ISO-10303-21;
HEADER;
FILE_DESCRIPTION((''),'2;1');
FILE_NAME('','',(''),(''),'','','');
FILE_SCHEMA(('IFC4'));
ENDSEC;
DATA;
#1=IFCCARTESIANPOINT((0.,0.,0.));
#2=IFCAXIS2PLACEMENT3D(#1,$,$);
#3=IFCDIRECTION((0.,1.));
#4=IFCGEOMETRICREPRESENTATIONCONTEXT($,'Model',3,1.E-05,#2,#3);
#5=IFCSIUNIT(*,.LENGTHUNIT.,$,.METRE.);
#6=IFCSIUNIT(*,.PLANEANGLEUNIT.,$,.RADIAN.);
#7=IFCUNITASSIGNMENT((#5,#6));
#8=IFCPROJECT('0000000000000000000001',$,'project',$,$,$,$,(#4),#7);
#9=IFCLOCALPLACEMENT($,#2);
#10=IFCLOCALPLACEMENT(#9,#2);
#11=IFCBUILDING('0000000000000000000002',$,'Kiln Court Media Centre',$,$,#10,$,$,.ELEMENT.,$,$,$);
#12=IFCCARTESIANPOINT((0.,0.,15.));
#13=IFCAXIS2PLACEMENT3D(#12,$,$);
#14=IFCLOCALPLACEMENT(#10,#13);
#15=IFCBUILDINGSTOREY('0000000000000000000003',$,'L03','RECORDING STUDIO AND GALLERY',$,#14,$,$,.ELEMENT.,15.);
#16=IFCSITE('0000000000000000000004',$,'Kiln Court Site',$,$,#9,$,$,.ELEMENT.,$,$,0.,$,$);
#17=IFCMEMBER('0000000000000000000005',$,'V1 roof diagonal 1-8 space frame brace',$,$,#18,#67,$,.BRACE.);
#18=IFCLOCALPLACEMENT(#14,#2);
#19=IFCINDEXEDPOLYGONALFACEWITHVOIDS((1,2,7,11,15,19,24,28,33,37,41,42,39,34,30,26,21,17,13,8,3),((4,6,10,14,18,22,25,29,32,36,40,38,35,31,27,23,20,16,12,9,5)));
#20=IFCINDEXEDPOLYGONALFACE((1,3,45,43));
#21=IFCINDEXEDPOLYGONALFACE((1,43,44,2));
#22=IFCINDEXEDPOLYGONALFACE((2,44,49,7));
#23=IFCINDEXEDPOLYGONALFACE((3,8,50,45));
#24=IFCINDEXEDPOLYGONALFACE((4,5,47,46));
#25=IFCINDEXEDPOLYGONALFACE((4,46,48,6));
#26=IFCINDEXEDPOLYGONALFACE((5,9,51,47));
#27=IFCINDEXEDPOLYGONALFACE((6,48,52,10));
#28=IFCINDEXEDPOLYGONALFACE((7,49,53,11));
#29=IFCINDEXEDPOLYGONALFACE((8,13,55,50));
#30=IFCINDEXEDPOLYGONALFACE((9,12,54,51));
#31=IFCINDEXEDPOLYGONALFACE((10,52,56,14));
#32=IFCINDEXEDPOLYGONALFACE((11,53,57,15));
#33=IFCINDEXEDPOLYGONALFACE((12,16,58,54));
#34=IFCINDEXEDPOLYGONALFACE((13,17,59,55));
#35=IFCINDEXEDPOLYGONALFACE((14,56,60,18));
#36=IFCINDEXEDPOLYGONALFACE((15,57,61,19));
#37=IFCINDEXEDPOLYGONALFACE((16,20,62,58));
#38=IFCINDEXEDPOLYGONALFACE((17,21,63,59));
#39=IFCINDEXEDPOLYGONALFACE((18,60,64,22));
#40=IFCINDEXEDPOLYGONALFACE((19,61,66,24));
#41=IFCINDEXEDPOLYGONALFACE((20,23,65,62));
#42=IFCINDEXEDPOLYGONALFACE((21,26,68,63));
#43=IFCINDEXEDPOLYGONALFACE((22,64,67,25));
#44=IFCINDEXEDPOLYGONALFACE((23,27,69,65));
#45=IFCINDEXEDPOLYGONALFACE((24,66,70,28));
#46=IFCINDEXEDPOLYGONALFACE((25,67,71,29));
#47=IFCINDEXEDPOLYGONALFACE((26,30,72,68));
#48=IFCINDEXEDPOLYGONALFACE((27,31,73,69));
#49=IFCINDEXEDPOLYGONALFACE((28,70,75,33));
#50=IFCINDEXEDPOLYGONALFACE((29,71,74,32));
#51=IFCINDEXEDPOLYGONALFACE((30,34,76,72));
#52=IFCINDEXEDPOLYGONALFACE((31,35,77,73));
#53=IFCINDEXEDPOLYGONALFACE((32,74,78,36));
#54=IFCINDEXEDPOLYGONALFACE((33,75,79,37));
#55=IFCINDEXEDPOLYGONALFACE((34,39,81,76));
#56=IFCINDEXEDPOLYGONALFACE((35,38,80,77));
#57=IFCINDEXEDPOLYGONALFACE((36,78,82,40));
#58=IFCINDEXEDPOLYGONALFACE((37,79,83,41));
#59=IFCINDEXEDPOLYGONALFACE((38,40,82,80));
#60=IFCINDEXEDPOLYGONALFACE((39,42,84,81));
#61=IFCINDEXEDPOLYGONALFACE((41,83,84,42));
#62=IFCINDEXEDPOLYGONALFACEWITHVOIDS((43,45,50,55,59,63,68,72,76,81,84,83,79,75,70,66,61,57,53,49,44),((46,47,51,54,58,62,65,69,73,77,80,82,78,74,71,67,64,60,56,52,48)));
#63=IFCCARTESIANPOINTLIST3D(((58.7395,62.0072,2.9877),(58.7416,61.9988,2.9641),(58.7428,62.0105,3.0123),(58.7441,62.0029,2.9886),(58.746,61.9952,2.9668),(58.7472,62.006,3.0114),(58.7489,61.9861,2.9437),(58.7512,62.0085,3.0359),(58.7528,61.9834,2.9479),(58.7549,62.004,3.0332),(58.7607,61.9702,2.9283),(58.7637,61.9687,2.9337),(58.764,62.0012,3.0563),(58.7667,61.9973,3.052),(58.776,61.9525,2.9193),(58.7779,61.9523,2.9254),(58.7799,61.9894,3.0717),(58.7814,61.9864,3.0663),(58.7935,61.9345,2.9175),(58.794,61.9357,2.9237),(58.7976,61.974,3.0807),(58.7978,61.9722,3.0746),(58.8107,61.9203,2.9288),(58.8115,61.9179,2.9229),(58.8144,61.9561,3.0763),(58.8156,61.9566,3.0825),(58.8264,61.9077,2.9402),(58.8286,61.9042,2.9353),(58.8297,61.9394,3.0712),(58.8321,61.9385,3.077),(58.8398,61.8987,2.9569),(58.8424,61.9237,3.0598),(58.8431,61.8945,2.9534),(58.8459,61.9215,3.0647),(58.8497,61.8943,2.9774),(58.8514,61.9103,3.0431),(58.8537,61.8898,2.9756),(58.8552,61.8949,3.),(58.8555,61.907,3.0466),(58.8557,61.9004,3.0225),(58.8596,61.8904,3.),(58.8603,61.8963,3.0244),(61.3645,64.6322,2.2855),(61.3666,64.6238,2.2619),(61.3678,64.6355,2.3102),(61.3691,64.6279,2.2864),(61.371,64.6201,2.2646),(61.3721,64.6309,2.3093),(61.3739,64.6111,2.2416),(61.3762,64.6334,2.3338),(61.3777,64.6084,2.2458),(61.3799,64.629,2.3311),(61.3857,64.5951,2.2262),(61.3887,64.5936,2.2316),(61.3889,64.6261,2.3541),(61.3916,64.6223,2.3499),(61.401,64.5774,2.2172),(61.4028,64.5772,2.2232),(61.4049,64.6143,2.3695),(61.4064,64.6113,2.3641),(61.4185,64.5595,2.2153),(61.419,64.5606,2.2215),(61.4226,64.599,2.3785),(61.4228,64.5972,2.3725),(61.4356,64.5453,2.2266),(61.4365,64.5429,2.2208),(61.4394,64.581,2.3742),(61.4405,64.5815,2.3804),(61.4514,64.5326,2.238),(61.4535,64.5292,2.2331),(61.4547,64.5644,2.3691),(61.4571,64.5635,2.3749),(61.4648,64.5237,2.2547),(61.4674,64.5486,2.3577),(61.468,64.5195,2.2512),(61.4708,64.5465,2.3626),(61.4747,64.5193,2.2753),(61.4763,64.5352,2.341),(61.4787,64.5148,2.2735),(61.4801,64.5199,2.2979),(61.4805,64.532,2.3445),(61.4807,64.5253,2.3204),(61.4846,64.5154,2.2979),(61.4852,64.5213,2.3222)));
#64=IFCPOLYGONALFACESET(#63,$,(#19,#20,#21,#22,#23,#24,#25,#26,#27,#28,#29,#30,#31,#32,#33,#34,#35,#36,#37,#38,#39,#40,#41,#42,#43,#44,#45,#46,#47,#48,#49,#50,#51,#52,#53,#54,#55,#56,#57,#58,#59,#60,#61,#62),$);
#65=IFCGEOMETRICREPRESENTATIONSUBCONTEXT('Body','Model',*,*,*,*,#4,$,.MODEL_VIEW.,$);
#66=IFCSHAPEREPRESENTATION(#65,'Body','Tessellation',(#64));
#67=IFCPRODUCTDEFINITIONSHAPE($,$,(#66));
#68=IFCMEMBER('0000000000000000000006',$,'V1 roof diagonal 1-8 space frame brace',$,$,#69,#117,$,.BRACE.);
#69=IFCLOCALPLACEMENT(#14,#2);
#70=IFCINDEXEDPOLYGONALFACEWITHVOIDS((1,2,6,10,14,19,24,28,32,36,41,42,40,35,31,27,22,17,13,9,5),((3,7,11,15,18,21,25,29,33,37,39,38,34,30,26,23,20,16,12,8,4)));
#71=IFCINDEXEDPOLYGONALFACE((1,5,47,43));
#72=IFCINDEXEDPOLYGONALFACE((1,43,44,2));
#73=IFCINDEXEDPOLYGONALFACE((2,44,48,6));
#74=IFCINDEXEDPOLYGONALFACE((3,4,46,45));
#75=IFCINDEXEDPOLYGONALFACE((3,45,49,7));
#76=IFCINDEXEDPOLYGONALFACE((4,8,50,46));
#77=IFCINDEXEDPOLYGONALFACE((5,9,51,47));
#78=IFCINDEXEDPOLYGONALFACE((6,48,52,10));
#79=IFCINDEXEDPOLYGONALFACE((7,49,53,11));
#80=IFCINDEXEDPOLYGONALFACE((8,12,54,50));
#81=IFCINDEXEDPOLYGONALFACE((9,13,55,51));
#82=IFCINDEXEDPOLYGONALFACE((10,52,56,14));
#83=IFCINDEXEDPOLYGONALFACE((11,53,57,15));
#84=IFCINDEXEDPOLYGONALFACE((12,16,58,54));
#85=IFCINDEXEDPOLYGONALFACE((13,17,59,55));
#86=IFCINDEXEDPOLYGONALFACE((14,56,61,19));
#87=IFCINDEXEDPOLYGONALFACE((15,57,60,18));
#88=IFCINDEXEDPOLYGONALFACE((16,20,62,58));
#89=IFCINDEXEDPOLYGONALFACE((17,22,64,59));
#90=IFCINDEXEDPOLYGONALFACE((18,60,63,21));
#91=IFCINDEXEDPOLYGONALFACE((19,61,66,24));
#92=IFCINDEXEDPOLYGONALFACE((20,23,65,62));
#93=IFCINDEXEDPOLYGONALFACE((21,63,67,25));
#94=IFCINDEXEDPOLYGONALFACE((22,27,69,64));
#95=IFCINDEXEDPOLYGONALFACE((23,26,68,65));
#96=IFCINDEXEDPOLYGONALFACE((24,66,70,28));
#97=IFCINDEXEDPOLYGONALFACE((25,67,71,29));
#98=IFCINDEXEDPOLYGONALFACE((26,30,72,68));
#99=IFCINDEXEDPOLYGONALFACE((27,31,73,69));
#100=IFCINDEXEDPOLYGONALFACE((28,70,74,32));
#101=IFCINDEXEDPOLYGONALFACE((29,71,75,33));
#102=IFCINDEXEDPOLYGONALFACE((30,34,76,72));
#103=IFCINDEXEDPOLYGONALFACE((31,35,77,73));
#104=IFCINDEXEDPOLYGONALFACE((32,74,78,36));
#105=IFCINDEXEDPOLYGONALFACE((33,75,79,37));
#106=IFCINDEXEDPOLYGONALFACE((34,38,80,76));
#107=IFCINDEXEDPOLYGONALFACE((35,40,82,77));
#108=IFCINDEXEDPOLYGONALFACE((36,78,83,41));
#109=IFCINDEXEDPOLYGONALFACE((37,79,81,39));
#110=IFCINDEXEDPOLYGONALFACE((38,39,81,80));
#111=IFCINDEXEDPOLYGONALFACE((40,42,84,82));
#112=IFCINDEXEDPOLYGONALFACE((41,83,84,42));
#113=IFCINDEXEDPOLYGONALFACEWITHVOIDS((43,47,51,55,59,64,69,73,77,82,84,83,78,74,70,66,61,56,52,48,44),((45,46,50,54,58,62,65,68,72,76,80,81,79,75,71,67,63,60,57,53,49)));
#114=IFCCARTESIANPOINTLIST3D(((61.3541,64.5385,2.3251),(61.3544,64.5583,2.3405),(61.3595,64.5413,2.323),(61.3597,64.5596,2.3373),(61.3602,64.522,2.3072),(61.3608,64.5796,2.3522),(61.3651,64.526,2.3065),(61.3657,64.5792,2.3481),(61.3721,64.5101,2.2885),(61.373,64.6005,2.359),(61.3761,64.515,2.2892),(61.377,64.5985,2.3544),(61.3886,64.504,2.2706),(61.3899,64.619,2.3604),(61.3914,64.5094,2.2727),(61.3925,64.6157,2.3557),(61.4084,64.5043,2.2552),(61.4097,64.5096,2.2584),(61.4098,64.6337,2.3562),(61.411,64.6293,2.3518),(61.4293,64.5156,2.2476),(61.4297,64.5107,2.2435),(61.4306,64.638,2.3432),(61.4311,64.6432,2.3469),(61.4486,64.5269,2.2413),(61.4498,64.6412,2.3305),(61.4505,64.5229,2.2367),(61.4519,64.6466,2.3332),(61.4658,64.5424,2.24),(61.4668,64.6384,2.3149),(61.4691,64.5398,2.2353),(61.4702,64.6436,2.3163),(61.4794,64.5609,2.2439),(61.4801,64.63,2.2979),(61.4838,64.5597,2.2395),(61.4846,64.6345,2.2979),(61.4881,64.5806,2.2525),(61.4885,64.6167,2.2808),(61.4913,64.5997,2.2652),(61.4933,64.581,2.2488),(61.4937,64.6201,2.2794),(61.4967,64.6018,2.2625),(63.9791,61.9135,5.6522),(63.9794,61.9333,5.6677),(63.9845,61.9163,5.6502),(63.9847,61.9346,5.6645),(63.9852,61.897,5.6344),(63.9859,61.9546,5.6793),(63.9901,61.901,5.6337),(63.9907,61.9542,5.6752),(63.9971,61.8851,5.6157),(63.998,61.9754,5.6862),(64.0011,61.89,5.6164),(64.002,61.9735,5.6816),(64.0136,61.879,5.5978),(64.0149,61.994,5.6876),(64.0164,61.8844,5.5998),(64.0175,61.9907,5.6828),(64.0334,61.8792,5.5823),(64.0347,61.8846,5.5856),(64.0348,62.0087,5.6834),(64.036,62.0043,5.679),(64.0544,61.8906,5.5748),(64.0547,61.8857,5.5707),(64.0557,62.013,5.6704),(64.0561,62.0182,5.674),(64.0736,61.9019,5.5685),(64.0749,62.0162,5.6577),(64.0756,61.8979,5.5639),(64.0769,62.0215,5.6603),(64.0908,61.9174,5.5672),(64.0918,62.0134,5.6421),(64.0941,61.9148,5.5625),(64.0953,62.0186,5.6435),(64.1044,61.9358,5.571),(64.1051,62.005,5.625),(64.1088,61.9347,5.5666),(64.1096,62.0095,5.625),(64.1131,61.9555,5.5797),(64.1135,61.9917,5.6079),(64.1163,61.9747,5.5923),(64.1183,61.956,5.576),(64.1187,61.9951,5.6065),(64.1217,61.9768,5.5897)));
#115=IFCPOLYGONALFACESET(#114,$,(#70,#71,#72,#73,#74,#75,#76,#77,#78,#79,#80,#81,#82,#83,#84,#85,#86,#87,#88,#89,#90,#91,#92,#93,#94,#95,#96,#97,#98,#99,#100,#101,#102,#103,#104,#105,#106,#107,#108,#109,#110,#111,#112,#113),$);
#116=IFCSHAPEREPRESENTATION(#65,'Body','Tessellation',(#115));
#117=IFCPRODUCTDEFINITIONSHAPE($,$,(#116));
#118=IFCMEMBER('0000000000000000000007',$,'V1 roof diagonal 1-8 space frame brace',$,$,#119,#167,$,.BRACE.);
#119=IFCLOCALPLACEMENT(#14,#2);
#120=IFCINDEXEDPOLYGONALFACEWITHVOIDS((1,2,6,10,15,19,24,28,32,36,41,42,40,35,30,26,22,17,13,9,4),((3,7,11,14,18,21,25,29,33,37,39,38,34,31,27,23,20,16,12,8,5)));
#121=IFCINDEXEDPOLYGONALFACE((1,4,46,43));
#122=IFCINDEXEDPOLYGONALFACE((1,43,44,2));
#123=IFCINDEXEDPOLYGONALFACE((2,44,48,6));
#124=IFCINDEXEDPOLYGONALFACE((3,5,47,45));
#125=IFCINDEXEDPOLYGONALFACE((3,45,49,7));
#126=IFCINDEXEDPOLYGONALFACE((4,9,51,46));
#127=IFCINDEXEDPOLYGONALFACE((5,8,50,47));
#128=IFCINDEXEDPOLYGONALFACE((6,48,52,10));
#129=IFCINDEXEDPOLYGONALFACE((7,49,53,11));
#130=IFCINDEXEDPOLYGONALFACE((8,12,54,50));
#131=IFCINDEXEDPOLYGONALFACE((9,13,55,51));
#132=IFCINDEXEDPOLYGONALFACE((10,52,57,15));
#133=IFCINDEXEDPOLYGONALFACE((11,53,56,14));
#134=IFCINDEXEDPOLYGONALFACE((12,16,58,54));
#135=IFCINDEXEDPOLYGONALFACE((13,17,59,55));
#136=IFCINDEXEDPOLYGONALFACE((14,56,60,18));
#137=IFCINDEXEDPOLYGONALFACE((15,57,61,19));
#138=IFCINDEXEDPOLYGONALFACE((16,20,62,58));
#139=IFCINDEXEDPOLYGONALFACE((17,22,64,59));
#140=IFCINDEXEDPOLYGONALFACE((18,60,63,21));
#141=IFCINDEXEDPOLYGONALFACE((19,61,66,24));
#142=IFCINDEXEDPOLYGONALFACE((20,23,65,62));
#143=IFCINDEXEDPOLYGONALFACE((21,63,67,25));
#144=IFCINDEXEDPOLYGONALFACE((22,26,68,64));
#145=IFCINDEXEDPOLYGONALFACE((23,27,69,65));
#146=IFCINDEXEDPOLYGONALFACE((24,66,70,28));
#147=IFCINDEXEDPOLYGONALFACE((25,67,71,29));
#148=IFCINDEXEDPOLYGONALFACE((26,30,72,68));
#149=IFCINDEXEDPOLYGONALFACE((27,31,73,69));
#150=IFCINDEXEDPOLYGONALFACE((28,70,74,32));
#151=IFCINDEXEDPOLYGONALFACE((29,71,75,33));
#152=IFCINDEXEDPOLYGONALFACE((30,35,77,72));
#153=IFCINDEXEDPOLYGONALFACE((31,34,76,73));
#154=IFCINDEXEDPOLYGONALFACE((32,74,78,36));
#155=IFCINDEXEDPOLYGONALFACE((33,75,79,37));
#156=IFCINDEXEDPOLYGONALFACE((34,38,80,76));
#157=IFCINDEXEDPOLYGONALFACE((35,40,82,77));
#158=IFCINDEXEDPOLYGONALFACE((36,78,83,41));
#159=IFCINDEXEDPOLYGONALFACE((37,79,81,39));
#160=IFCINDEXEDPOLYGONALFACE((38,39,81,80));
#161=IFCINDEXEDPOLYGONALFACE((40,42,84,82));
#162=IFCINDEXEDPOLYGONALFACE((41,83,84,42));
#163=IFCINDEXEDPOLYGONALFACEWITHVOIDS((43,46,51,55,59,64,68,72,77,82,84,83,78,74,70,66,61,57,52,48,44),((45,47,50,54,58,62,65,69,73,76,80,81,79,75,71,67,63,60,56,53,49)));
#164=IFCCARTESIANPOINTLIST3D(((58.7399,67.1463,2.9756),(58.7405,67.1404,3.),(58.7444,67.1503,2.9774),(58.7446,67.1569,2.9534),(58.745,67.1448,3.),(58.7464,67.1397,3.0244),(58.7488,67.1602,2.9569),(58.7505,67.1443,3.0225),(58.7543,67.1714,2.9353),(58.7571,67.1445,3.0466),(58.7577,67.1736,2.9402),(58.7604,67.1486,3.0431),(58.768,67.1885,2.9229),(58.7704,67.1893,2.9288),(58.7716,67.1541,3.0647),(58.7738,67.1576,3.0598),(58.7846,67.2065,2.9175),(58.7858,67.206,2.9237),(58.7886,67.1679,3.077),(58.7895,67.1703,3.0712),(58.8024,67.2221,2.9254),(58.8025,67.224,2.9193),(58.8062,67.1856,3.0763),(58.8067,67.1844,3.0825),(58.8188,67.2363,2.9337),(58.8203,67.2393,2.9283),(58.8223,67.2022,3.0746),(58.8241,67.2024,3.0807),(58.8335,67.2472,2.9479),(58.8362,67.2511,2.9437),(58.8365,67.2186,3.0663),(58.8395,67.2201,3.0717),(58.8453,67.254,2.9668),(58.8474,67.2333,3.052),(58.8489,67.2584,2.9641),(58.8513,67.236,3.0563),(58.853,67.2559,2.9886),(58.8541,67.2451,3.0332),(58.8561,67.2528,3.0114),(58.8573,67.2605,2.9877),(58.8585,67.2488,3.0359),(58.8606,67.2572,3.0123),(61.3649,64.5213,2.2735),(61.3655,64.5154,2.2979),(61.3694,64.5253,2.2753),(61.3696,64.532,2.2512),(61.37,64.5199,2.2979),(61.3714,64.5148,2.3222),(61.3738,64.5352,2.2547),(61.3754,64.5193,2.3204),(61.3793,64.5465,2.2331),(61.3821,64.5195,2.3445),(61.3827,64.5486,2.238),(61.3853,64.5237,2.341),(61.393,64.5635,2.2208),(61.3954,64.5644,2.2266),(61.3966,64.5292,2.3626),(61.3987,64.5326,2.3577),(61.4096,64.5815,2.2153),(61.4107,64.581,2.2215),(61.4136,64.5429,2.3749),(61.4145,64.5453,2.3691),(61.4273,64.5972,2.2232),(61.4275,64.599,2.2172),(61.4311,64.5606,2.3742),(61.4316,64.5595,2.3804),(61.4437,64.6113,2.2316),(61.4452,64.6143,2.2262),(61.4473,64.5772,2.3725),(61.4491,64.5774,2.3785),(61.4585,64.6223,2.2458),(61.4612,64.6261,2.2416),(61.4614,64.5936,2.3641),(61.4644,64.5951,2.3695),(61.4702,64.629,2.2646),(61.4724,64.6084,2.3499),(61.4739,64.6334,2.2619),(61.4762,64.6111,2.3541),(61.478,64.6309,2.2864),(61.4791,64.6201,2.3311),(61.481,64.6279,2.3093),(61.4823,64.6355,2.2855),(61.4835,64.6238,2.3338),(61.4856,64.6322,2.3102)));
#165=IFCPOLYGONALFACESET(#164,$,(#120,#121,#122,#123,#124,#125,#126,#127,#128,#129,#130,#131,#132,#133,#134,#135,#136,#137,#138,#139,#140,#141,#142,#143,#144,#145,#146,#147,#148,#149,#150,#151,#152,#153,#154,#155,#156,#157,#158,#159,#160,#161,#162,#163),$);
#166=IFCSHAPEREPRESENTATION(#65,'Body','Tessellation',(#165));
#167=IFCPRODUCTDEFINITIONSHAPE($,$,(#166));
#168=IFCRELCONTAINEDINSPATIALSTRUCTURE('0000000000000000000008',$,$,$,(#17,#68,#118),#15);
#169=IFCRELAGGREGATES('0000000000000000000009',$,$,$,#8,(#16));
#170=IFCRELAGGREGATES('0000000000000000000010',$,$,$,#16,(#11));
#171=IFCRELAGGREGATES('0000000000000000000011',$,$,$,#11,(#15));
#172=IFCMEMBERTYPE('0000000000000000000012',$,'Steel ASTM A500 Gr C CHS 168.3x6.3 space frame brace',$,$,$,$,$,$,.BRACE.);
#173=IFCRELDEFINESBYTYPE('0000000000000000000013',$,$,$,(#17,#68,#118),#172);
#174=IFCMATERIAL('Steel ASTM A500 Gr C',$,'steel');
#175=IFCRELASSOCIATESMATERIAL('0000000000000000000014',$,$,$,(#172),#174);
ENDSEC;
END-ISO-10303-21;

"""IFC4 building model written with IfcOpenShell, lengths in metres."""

from ifc_helpers import new_model, si_unit, direction, frame, origin, origin_2d, place, context, subcontext, project, spatial, hollow_circle, extrude, material, material_profile, profile_set, type_object, element, save


model = new_model("IFC4")

# Units and contexts
model_context = context("Model", 3, precision=1e-05, world=origin(), true_north=direction((0.0, 1.0)))
body_context = subcontext(model_context, "Body", "Model", "MODEL_VIEW")
ifc_project = project(units=[si_unit("LENGTHUNIT", "METRE"), si_unit("PLANEANGLEUNIT", "RADIAN")], contexts=[model_context])

# Site, building, storey
site_placement = place(None, origin())
site = spatial("IfcSite", under=ifc_project, at=site_placement, Name="Kiln Court Site", CompositionType="ELEMENT", RefElevation=0.0)
building_placement = place(site_placement, origin())
building = spatial("IfcBuilding", under=site, at=building_placement, Name="Kiln Court Media Centre", CompositionType="ELEMENT")
storey_placement = place(building_placement, frame((0.0, 0.0, 15.0)))
storey = spatial("IfcBuildingStorey", under=building, at=storey_placement, Name="L03", Description="RECORDING STUDIO AND GALLERY", CompositionType="ELEMENT", Elevation=15.0)

# Members
ifc_material_1 = material(Name="Steel ASTM A500 Gr C", Category="steel")
ifc_material_profile_1 = material_profile(ifc_material_1, hollow_circle(Radius=0.0842, WallThickness=0.0063, at=origin_2d()), Name="CHS 168.3x6.3")
ifc_profile_set_1 = profile_set([ifc_material_profile_1], Name="Steel ASTM A500 Gr C")
member_type_1 = type_object("IfcMemberType", Name="Steel ASTM A500 Gr C CHS 168.3x6.3 space frame brace", PredefinedType="BRACE", material=ifc_profile_set_1)
member_1_placement = place(storey_placement, frame((61.425, 64.575, 2.2979), z_axis=(-0.694788, -0.694788, 0.185846), x_axis=(0.707107, -0.707107, 0.0)))
element("IfcMember", 1, at=member_1_placement, inside=storey, type_object=member_type_1, Name="V1 roof diagonal 1-8 space frame brace", PredefinedType="BRACE", context=body_context, shape_type="SweptSolid", body=[
    extrude(hollow_circle(Radius=0.0842, WallThickness=0.0063, at=origin_2d()), origin(), (0.0, 0.0, 1.0), 3.7781),
])
member_2_placement = place(storey_placement, frame((61.425, 64.575, 2.2979), z_axis=(0.52657, -0.52657, 0.667419), x_axis=(0.707107, 0.707107, 0.0)))
element("IfcMember", 2, at=member_2_placement, inside=storey, type_object=member_type_1, Name="V1 roof diagonal 1-8 space frame brace", PredefinedType="BRACE", context=body_context, shape_type="SweptSolid", body=[
    extrude(hollow_circle(Radius=0.0842, WallThickness=0.0063, at=origin_2d()), origin(), (0.0, 0.0, 1.0), 4.9851),
])
member_3_placement = place(storey_placement, frame((61.425, 64.575, 2.2979), z_axis=(-0.694788, 0.694788, 0.185846), x_axis=(-0.707107, -0.707107, 0.0)))
element("IfcMember", 3, at=member_3_placement, inside=storey, type_object=member_type_1, Name="V1 roof diagonal 1-8 space frame brace", PredefinedType="BRACE", context=body_context, shape_type="SweptSolid", body=[
    extrude(hollow_circle(Radius=0.0842, WallThickness=0.0063, at=origin_2d()), origin(), (0.0, 0.0, 1.0), 3.7781),
])

save(model, "model.ifc")
